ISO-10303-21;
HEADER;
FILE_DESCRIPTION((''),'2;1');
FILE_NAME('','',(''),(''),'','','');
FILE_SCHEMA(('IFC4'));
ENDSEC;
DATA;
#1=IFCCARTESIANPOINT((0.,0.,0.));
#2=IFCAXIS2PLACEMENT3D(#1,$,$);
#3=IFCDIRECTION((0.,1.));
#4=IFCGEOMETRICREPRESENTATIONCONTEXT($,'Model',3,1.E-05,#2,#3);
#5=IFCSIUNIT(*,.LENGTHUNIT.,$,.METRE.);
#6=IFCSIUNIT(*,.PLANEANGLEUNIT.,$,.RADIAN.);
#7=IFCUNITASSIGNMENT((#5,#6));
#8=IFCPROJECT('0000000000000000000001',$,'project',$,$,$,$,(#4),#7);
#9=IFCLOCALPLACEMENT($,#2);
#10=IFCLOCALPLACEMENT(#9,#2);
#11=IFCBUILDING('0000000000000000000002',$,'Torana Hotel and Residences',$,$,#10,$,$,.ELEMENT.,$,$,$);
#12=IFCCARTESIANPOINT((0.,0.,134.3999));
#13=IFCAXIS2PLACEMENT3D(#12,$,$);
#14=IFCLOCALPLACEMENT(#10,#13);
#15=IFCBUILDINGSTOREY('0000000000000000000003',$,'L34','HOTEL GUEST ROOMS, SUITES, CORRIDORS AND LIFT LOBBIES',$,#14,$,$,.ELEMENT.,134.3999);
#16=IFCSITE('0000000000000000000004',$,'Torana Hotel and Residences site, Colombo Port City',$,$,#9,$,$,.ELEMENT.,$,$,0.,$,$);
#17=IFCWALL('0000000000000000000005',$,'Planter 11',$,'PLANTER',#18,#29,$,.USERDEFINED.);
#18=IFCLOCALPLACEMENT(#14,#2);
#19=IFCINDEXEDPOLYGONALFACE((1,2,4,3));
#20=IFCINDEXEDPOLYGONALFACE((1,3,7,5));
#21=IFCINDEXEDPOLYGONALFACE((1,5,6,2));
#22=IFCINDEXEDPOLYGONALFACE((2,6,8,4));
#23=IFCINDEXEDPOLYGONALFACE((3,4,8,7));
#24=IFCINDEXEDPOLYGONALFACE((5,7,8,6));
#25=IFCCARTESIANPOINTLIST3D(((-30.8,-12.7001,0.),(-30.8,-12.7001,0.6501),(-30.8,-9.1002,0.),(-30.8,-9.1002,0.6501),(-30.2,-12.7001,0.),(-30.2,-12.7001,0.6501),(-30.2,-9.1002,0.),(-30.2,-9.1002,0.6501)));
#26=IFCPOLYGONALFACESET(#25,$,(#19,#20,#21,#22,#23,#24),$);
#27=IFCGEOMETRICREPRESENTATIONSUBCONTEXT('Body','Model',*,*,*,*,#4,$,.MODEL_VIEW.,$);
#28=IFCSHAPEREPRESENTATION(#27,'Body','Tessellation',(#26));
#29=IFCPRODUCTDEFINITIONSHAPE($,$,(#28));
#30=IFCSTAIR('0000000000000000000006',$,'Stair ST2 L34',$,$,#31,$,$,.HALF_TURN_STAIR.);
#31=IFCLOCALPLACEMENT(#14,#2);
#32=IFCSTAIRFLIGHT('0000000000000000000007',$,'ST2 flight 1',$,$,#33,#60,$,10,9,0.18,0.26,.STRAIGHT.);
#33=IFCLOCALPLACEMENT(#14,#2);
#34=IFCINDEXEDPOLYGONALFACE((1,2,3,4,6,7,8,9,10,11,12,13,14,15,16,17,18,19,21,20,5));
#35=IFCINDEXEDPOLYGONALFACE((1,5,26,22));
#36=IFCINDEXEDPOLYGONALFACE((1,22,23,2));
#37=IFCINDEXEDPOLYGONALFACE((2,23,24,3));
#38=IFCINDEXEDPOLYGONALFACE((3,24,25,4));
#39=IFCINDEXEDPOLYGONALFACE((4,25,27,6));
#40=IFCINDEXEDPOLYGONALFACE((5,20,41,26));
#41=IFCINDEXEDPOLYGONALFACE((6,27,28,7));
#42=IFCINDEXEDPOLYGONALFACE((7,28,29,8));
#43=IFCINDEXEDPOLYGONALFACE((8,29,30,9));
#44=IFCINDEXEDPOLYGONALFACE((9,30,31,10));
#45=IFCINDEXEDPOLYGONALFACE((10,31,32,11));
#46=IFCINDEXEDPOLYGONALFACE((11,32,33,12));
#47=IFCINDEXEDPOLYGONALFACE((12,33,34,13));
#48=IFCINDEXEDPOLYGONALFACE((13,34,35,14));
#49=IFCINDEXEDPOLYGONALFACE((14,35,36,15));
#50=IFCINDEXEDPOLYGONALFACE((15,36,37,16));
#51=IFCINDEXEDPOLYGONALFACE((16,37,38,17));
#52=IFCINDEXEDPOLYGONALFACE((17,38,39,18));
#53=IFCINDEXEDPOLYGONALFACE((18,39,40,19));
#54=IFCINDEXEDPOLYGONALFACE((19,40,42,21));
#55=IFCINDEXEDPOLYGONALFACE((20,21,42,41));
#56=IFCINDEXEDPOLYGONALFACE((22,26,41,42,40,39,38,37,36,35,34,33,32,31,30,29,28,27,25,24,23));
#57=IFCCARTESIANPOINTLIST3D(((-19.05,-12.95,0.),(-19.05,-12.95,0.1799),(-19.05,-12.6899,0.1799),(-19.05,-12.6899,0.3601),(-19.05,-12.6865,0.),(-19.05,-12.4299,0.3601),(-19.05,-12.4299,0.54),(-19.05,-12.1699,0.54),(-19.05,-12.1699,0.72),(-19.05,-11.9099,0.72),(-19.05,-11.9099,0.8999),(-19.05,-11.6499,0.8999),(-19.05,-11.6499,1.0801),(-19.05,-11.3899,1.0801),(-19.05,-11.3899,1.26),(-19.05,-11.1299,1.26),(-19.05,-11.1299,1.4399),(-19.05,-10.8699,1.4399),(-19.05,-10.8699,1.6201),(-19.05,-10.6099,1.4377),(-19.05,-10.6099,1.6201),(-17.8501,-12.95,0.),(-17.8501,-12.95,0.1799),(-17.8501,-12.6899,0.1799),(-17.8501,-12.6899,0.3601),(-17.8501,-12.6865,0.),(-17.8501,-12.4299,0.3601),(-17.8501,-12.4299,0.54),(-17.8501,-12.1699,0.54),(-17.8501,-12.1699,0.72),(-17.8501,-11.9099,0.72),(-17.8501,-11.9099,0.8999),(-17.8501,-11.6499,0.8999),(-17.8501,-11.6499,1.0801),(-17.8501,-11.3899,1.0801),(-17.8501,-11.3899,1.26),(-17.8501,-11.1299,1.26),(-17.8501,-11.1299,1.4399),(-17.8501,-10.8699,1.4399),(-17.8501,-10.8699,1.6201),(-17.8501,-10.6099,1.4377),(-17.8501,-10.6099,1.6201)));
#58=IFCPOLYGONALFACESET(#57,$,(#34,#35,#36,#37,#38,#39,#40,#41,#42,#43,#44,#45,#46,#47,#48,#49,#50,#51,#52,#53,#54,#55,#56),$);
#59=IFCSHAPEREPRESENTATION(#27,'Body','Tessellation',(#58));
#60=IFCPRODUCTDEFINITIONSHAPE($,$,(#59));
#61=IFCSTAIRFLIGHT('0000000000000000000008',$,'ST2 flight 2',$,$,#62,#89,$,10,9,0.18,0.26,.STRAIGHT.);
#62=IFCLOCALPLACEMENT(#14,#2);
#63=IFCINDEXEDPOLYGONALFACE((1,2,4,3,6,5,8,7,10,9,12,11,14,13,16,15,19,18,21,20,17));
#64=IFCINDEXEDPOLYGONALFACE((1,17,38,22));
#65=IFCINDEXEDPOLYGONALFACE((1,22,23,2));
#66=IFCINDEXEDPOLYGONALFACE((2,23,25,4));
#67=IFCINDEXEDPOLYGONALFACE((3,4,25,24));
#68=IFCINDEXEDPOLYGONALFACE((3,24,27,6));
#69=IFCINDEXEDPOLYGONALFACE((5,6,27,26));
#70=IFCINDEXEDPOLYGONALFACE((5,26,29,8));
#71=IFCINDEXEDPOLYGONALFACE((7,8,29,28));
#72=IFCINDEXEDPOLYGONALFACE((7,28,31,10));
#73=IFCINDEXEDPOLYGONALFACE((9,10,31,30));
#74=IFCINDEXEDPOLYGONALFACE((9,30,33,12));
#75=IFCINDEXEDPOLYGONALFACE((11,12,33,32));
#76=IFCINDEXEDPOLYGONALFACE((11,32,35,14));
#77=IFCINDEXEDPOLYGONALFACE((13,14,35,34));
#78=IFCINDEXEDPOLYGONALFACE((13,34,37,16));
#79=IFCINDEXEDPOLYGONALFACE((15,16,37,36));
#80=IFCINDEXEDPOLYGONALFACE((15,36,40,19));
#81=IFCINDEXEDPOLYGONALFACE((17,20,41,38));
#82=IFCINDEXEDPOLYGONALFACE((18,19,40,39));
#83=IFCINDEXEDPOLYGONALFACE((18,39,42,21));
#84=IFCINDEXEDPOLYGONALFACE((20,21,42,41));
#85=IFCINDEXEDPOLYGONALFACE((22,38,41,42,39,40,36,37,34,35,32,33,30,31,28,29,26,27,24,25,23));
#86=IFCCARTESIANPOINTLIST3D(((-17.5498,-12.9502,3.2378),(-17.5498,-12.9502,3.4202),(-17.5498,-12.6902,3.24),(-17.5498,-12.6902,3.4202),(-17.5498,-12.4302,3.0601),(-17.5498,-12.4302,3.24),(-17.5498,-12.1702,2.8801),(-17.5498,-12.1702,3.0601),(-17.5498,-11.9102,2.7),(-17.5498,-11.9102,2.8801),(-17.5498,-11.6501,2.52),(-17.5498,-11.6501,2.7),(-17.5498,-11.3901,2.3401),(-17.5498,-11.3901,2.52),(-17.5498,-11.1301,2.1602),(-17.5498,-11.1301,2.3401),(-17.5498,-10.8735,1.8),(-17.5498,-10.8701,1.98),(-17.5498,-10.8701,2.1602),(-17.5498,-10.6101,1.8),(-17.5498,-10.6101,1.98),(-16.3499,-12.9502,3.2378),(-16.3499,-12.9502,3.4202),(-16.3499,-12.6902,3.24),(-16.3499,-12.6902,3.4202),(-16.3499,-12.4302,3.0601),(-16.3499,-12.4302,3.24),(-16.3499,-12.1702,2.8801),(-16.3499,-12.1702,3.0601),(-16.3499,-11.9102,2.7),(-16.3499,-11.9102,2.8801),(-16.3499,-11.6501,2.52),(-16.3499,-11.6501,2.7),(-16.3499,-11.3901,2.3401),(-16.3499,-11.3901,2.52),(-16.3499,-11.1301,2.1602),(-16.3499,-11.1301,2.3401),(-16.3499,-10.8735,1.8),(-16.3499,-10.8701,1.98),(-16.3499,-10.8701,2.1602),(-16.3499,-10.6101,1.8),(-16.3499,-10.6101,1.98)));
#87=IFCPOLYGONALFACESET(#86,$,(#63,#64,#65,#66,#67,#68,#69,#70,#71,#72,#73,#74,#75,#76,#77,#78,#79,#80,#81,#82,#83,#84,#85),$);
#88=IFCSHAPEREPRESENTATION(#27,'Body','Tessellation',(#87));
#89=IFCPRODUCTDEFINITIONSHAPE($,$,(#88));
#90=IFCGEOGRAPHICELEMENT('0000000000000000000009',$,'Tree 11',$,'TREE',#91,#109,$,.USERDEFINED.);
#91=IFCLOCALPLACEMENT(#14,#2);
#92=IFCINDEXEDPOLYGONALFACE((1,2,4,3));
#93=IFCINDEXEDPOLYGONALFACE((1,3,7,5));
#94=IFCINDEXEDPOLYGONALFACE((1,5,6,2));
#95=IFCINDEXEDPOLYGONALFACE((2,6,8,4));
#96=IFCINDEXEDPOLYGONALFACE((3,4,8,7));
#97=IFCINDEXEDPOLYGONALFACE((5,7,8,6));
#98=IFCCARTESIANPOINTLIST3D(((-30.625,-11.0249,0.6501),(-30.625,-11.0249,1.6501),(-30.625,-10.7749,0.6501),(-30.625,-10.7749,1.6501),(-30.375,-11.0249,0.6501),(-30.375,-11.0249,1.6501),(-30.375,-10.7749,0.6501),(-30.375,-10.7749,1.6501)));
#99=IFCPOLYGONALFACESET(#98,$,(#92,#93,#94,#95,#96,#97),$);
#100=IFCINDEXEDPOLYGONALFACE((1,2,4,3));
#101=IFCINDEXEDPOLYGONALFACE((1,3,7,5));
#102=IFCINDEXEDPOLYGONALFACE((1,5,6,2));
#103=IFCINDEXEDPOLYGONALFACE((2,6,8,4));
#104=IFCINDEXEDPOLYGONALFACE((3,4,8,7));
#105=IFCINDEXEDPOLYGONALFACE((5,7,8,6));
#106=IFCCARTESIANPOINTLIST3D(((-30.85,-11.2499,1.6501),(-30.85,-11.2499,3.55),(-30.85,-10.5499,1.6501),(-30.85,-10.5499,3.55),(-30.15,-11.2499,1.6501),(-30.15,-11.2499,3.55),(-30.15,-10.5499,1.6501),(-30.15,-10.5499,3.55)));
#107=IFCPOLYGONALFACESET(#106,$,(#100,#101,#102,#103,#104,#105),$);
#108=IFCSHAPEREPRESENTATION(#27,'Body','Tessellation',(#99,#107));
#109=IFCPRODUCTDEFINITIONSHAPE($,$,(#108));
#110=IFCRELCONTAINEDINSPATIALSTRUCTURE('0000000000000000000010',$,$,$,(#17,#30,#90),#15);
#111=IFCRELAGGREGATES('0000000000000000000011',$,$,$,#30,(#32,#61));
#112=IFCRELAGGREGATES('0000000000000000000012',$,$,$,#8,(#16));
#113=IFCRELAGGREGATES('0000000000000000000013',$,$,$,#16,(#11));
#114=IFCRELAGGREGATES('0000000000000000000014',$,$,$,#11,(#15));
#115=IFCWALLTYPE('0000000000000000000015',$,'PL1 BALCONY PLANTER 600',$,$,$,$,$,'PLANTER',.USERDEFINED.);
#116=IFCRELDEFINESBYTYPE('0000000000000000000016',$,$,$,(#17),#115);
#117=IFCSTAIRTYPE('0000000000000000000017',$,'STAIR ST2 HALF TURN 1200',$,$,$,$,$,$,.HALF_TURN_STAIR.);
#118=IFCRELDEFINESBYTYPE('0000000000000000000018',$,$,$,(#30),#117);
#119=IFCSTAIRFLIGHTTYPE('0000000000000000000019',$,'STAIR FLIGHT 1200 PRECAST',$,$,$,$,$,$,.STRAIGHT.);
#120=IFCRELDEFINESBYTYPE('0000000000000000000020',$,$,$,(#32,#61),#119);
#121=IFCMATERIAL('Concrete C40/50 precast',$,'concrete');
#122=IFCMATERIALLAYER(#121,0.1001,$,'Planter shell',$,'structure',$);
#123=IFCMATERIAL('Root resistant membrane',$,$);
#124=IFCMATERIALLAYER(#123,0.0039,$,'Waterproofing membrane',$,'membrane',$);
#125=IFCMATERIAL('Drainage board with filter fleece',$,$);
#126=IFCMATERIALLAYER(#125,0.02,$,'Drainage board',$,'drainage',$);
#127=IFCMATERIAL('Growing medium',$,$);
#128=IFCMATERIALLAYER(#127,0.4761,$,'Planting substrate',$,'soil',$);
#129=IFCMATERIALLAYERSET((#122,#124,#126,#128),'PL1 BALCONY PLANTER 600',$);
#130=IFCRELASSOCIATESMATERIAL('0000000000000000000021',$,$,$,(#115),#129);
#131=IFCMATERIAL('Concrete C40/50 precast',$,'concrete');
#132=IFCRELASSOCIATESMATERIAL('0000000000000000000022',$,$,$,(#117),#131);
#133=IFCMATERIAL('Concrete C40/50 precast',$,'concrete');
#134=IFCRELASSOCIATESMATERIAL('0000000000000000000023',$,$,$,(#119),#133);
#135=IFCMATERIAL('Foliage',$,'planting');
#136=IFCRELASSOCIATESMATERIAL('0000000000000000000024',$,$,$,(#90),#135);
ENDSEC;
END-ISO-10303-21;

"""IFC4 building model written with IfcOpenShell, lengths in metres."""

from ifc_helpers import new_model, si_unit, direction, frame, frame_2d, origin, origin_2d, place, context, subcontext, project, spatial, polyline, rectangle, outline, extrude, material, layer, layer_set, type_object, element, aggregate, save


model = new_model("IFC4")

# Units and contexts
model_context = context("Model", 3, precision=1e-05, world=origin(), true_north=direction((0.0, 1.0)))
body_context = subcontext(model_context, "Body", "Model", "MODEL_VIEW")
ifc_project = project(units=[si_unit("LENGTHUNIT", "METRE"), si_unit("PLANEANGLEUNIT", "RADIAN")], contexts=[model_context])

# Site, building, storey
site_placement = place(None, origin())
site = spatial("IfcSite", under=ifc_project, at=site_placement, Name="Torana Hotel and Residences site, Colombo Port City", CompositionType="ELEMENT", RefElevation=0.0)
building_placement = place(site_placement, origin())
building = spatial("IfcBuilding", under=site, at=building_placement, Name="Torana Hotel and Residences", CompositionType="ELEMENT")
storey_placement = place(building_placement, frame((0.0, 0.0, 134.3999)))
storey = spatial("IfcBuildingStorey", under=building, at=storey_placement, Name="L34", Description="HOTEL GUEST ROOMS, SUITES, CORRIDORS AND LIFT LOBBIES", CompositionType="ELEMENT", Elevation=134.3999)

# Wall
ifc_material_1 = material(Name="Concrete C40/50 precast", Category="concrete")
ifc_layer_1 = layer(ifc_material_1, 0.1001, Name="Planter shell", Category="structure")
ifc_material_2 = material(Name="Root resistant membrane")
ifc_layer_2 = layer(ifc_material_2, 0.0039, Name="Waterproofing membrane", Category="membrane")
ifc_material_3 = material(Name="Drainage board with filter fleece")
ifc_layer_3 = layer(ifc_material_3, 0.02, Name="Drainage board", Category="drainage")
ifc_material_4 = material(Name="Growing medium")
ifc_layer_4 = layer(ifc_material_4, 0.4761, Name="Planting substrate", Category="soil")
ifc_layer_set_1 = layer_set([ifc_layer_1, ifc_layer_2, ifc_layer_3, ifc_layer_4], Name="PL1 BALCONY PLANTER 600")
wall_type_1 = type_object("IfcWallType", Name="PL1 BALCONY PLANTER 600", ElementType="PLANTER", PredefinedType="USERDEFINED", material=ifc_layer_set_1)
wall_1_placement = place(storey_placement, frame((-30.5, -12.7, 0.0), z_axis=(0.0, 0.0, 1.0), x_axis=(0.0, 1.0, 0.0)))
element("IfcWall", 1, at=wall_1_placement, inside=storey, type_object=wall_type_1, Name="Planter 11", ObjectType="PLANTER", PredefinedType="USERDEFINED", context=body_context, shape_type="SweptSolid", body=[
    extrude(rectangle(XDim=3.5999, YDim=0.6001, at=frame_2d((1.7998, 0.0))), origin(), (0.0, 0.0, 1.0), 0.6501),
])

# Stair, stair flights
ifc_material_5 = material(Name="Concrete C40/50 precast", Category="concrete")
stair_type = type_object("IfcStairType", Name="STAIR ST2 HALF TURN 1200", PredefinedType="HALF_TURN_STAIR", material=ifc_material_5)
stair_placement = place(storey_placement, origin())
stair = element("IfcStair", 2, at=stair_placement, inside=storey, type_object=stair_type, Name="Stair ST2 L34", PredefinedType="HALF_TURN_STAIR")
ifc_material_6 = material(Name="Concrete C40/50 precast", Category="concrete")
stair_flight_type = type_object("IfcStairFlightType", Name="STAIR FLIGHT 1200 PRECAST", PredefinedType="STRAIGHT", material=ifc_material_6)
stair_flight_1_placement = place(storey_placement, frame((-18.45, -12.95, 0.0), z_axis=(0.0, 0.0, 1.0), x_axis=(0.0, 1.0, 0.0)))
stair_flight_1 = element("IfcStairFlight", 3, at=stair_flight_1_placement, type_object=stair_flight_type, Name="ST2 flight 1", NumberOfRisers=10, NumberOfTreads=9, PredefinedType="STRAIGHT", RiserHeight=0.18, TreadLength=0.26, context=body_context, shape_type="SweptSolid", body=[
    extrude(outline(polyline([(0.0, 0.0), (0.0, 0.1799), (0.26, 0.1799), (0.26, 0.3601), (0.52, 0.3601), (0.52, 0.54), (0.78, 0.54), (0.78, 0.72), (1.04, 0.72), (1.04, 0.8999), (1.3, 0.8999), (1.3, 1.0801), (1.5601, 1.0801), (1.5601, 1.26), (1.8201, 1.26), (1.8201, 1.4399), (2.0801, 1.4399), (2.0801, 1.6201), (2.3401, 1.6201), (2.3401, 1.8), (2.3401, 1.4377), (0.2634, 0.0), (0.0, 0.0)])), frame((0.0, 0.6001, 0.0), z_axis=(0.0, -1.0, 0.0), x_axis=(1.0, 0.0, 0.0)), (0.0, 0.0, 1.0), 1.2),
])
stair_flight_2_placement = place(storey_placement, frame((-16.95, -10.6101, 1.8), z_axis=(0.0, 0.0, 1.0), x_axis=(0.0, -1.0, 0.0)))
stair_flight_2 = element("IfcStairFlight", 4, at=stair_flight_2_placement, type_object=stair_flight_type, Name="ST2 flight 2", NumberOfRisers=10, NumberOfTreads=9, PredefinedType="STRAIGHT", RiserHeight=0.18, TreadLength=0.26, context=body_context, shape_type="SweptSolid", body=[
    extrude(outline(polyline([(0.0, 0.0), (0.0, 0.1799), (0.26, 0.1799), (0.26, 0.3601), (0.52, 0.3601), (0.52, 0.54), (0.78, 0.54), (0.78, 0.72), (1.04, 0.72), (1.04, 0.8999), (1.3, 0.8999), (1.3, 1.0801), (1.5601, 1.0801), (1.5601, 1.26), (1.8201, 1.26), (1.8201, 1.4399), (2.0801, 1.4399), (2.0801, 1.6201), (2.3401, 1.6201), (2.3401, 1.8), (2.3401, 1.4377), (0.2634, 0.0), (0.0, 0.0)])), frame((0.0, 0.6001, 0.0), z_axis=(0.0, -1.0, 0.0), x_axis=(1.0, 0.0, 0.0)), (0.0, 0.0, 1.0), 1.2),
])
aggregate(stair, [stair_flight_1, stair_flight_2])

# Geographic element
ifc_material_7 = material(Name="Foliage", Category="planting")
geographic_element_placement = place(storey_placement, frame((-30.5, -10.8999, 0.6501), z_axis=(0.0, 0.0, 1.0), x_axis=(1.0, 0.0, 0.0)))
element("IfcGeographicElement", 5, at=geographic_element_placement, inside=storey, material=ifc_material_7, Name="Tree 11", ObjectType="TREE", PredefinedType="USERDEFINED", context=body_context, shape_type="SweptSolid", body=[
    extrude(rectangle(XDim=0.25, YDim=0.25, at=origin_2d()), origin(), (0.0, 0.0, 1.0), 1.0),
    extrude(rectangle(XDim=0.7, YDim=0.7, at=origin_2d()), frame((0.0, 0.0, 1.0)), (0.0, 0.0, 1.0), 1.8999),
])

save(model, "model.ifc")
